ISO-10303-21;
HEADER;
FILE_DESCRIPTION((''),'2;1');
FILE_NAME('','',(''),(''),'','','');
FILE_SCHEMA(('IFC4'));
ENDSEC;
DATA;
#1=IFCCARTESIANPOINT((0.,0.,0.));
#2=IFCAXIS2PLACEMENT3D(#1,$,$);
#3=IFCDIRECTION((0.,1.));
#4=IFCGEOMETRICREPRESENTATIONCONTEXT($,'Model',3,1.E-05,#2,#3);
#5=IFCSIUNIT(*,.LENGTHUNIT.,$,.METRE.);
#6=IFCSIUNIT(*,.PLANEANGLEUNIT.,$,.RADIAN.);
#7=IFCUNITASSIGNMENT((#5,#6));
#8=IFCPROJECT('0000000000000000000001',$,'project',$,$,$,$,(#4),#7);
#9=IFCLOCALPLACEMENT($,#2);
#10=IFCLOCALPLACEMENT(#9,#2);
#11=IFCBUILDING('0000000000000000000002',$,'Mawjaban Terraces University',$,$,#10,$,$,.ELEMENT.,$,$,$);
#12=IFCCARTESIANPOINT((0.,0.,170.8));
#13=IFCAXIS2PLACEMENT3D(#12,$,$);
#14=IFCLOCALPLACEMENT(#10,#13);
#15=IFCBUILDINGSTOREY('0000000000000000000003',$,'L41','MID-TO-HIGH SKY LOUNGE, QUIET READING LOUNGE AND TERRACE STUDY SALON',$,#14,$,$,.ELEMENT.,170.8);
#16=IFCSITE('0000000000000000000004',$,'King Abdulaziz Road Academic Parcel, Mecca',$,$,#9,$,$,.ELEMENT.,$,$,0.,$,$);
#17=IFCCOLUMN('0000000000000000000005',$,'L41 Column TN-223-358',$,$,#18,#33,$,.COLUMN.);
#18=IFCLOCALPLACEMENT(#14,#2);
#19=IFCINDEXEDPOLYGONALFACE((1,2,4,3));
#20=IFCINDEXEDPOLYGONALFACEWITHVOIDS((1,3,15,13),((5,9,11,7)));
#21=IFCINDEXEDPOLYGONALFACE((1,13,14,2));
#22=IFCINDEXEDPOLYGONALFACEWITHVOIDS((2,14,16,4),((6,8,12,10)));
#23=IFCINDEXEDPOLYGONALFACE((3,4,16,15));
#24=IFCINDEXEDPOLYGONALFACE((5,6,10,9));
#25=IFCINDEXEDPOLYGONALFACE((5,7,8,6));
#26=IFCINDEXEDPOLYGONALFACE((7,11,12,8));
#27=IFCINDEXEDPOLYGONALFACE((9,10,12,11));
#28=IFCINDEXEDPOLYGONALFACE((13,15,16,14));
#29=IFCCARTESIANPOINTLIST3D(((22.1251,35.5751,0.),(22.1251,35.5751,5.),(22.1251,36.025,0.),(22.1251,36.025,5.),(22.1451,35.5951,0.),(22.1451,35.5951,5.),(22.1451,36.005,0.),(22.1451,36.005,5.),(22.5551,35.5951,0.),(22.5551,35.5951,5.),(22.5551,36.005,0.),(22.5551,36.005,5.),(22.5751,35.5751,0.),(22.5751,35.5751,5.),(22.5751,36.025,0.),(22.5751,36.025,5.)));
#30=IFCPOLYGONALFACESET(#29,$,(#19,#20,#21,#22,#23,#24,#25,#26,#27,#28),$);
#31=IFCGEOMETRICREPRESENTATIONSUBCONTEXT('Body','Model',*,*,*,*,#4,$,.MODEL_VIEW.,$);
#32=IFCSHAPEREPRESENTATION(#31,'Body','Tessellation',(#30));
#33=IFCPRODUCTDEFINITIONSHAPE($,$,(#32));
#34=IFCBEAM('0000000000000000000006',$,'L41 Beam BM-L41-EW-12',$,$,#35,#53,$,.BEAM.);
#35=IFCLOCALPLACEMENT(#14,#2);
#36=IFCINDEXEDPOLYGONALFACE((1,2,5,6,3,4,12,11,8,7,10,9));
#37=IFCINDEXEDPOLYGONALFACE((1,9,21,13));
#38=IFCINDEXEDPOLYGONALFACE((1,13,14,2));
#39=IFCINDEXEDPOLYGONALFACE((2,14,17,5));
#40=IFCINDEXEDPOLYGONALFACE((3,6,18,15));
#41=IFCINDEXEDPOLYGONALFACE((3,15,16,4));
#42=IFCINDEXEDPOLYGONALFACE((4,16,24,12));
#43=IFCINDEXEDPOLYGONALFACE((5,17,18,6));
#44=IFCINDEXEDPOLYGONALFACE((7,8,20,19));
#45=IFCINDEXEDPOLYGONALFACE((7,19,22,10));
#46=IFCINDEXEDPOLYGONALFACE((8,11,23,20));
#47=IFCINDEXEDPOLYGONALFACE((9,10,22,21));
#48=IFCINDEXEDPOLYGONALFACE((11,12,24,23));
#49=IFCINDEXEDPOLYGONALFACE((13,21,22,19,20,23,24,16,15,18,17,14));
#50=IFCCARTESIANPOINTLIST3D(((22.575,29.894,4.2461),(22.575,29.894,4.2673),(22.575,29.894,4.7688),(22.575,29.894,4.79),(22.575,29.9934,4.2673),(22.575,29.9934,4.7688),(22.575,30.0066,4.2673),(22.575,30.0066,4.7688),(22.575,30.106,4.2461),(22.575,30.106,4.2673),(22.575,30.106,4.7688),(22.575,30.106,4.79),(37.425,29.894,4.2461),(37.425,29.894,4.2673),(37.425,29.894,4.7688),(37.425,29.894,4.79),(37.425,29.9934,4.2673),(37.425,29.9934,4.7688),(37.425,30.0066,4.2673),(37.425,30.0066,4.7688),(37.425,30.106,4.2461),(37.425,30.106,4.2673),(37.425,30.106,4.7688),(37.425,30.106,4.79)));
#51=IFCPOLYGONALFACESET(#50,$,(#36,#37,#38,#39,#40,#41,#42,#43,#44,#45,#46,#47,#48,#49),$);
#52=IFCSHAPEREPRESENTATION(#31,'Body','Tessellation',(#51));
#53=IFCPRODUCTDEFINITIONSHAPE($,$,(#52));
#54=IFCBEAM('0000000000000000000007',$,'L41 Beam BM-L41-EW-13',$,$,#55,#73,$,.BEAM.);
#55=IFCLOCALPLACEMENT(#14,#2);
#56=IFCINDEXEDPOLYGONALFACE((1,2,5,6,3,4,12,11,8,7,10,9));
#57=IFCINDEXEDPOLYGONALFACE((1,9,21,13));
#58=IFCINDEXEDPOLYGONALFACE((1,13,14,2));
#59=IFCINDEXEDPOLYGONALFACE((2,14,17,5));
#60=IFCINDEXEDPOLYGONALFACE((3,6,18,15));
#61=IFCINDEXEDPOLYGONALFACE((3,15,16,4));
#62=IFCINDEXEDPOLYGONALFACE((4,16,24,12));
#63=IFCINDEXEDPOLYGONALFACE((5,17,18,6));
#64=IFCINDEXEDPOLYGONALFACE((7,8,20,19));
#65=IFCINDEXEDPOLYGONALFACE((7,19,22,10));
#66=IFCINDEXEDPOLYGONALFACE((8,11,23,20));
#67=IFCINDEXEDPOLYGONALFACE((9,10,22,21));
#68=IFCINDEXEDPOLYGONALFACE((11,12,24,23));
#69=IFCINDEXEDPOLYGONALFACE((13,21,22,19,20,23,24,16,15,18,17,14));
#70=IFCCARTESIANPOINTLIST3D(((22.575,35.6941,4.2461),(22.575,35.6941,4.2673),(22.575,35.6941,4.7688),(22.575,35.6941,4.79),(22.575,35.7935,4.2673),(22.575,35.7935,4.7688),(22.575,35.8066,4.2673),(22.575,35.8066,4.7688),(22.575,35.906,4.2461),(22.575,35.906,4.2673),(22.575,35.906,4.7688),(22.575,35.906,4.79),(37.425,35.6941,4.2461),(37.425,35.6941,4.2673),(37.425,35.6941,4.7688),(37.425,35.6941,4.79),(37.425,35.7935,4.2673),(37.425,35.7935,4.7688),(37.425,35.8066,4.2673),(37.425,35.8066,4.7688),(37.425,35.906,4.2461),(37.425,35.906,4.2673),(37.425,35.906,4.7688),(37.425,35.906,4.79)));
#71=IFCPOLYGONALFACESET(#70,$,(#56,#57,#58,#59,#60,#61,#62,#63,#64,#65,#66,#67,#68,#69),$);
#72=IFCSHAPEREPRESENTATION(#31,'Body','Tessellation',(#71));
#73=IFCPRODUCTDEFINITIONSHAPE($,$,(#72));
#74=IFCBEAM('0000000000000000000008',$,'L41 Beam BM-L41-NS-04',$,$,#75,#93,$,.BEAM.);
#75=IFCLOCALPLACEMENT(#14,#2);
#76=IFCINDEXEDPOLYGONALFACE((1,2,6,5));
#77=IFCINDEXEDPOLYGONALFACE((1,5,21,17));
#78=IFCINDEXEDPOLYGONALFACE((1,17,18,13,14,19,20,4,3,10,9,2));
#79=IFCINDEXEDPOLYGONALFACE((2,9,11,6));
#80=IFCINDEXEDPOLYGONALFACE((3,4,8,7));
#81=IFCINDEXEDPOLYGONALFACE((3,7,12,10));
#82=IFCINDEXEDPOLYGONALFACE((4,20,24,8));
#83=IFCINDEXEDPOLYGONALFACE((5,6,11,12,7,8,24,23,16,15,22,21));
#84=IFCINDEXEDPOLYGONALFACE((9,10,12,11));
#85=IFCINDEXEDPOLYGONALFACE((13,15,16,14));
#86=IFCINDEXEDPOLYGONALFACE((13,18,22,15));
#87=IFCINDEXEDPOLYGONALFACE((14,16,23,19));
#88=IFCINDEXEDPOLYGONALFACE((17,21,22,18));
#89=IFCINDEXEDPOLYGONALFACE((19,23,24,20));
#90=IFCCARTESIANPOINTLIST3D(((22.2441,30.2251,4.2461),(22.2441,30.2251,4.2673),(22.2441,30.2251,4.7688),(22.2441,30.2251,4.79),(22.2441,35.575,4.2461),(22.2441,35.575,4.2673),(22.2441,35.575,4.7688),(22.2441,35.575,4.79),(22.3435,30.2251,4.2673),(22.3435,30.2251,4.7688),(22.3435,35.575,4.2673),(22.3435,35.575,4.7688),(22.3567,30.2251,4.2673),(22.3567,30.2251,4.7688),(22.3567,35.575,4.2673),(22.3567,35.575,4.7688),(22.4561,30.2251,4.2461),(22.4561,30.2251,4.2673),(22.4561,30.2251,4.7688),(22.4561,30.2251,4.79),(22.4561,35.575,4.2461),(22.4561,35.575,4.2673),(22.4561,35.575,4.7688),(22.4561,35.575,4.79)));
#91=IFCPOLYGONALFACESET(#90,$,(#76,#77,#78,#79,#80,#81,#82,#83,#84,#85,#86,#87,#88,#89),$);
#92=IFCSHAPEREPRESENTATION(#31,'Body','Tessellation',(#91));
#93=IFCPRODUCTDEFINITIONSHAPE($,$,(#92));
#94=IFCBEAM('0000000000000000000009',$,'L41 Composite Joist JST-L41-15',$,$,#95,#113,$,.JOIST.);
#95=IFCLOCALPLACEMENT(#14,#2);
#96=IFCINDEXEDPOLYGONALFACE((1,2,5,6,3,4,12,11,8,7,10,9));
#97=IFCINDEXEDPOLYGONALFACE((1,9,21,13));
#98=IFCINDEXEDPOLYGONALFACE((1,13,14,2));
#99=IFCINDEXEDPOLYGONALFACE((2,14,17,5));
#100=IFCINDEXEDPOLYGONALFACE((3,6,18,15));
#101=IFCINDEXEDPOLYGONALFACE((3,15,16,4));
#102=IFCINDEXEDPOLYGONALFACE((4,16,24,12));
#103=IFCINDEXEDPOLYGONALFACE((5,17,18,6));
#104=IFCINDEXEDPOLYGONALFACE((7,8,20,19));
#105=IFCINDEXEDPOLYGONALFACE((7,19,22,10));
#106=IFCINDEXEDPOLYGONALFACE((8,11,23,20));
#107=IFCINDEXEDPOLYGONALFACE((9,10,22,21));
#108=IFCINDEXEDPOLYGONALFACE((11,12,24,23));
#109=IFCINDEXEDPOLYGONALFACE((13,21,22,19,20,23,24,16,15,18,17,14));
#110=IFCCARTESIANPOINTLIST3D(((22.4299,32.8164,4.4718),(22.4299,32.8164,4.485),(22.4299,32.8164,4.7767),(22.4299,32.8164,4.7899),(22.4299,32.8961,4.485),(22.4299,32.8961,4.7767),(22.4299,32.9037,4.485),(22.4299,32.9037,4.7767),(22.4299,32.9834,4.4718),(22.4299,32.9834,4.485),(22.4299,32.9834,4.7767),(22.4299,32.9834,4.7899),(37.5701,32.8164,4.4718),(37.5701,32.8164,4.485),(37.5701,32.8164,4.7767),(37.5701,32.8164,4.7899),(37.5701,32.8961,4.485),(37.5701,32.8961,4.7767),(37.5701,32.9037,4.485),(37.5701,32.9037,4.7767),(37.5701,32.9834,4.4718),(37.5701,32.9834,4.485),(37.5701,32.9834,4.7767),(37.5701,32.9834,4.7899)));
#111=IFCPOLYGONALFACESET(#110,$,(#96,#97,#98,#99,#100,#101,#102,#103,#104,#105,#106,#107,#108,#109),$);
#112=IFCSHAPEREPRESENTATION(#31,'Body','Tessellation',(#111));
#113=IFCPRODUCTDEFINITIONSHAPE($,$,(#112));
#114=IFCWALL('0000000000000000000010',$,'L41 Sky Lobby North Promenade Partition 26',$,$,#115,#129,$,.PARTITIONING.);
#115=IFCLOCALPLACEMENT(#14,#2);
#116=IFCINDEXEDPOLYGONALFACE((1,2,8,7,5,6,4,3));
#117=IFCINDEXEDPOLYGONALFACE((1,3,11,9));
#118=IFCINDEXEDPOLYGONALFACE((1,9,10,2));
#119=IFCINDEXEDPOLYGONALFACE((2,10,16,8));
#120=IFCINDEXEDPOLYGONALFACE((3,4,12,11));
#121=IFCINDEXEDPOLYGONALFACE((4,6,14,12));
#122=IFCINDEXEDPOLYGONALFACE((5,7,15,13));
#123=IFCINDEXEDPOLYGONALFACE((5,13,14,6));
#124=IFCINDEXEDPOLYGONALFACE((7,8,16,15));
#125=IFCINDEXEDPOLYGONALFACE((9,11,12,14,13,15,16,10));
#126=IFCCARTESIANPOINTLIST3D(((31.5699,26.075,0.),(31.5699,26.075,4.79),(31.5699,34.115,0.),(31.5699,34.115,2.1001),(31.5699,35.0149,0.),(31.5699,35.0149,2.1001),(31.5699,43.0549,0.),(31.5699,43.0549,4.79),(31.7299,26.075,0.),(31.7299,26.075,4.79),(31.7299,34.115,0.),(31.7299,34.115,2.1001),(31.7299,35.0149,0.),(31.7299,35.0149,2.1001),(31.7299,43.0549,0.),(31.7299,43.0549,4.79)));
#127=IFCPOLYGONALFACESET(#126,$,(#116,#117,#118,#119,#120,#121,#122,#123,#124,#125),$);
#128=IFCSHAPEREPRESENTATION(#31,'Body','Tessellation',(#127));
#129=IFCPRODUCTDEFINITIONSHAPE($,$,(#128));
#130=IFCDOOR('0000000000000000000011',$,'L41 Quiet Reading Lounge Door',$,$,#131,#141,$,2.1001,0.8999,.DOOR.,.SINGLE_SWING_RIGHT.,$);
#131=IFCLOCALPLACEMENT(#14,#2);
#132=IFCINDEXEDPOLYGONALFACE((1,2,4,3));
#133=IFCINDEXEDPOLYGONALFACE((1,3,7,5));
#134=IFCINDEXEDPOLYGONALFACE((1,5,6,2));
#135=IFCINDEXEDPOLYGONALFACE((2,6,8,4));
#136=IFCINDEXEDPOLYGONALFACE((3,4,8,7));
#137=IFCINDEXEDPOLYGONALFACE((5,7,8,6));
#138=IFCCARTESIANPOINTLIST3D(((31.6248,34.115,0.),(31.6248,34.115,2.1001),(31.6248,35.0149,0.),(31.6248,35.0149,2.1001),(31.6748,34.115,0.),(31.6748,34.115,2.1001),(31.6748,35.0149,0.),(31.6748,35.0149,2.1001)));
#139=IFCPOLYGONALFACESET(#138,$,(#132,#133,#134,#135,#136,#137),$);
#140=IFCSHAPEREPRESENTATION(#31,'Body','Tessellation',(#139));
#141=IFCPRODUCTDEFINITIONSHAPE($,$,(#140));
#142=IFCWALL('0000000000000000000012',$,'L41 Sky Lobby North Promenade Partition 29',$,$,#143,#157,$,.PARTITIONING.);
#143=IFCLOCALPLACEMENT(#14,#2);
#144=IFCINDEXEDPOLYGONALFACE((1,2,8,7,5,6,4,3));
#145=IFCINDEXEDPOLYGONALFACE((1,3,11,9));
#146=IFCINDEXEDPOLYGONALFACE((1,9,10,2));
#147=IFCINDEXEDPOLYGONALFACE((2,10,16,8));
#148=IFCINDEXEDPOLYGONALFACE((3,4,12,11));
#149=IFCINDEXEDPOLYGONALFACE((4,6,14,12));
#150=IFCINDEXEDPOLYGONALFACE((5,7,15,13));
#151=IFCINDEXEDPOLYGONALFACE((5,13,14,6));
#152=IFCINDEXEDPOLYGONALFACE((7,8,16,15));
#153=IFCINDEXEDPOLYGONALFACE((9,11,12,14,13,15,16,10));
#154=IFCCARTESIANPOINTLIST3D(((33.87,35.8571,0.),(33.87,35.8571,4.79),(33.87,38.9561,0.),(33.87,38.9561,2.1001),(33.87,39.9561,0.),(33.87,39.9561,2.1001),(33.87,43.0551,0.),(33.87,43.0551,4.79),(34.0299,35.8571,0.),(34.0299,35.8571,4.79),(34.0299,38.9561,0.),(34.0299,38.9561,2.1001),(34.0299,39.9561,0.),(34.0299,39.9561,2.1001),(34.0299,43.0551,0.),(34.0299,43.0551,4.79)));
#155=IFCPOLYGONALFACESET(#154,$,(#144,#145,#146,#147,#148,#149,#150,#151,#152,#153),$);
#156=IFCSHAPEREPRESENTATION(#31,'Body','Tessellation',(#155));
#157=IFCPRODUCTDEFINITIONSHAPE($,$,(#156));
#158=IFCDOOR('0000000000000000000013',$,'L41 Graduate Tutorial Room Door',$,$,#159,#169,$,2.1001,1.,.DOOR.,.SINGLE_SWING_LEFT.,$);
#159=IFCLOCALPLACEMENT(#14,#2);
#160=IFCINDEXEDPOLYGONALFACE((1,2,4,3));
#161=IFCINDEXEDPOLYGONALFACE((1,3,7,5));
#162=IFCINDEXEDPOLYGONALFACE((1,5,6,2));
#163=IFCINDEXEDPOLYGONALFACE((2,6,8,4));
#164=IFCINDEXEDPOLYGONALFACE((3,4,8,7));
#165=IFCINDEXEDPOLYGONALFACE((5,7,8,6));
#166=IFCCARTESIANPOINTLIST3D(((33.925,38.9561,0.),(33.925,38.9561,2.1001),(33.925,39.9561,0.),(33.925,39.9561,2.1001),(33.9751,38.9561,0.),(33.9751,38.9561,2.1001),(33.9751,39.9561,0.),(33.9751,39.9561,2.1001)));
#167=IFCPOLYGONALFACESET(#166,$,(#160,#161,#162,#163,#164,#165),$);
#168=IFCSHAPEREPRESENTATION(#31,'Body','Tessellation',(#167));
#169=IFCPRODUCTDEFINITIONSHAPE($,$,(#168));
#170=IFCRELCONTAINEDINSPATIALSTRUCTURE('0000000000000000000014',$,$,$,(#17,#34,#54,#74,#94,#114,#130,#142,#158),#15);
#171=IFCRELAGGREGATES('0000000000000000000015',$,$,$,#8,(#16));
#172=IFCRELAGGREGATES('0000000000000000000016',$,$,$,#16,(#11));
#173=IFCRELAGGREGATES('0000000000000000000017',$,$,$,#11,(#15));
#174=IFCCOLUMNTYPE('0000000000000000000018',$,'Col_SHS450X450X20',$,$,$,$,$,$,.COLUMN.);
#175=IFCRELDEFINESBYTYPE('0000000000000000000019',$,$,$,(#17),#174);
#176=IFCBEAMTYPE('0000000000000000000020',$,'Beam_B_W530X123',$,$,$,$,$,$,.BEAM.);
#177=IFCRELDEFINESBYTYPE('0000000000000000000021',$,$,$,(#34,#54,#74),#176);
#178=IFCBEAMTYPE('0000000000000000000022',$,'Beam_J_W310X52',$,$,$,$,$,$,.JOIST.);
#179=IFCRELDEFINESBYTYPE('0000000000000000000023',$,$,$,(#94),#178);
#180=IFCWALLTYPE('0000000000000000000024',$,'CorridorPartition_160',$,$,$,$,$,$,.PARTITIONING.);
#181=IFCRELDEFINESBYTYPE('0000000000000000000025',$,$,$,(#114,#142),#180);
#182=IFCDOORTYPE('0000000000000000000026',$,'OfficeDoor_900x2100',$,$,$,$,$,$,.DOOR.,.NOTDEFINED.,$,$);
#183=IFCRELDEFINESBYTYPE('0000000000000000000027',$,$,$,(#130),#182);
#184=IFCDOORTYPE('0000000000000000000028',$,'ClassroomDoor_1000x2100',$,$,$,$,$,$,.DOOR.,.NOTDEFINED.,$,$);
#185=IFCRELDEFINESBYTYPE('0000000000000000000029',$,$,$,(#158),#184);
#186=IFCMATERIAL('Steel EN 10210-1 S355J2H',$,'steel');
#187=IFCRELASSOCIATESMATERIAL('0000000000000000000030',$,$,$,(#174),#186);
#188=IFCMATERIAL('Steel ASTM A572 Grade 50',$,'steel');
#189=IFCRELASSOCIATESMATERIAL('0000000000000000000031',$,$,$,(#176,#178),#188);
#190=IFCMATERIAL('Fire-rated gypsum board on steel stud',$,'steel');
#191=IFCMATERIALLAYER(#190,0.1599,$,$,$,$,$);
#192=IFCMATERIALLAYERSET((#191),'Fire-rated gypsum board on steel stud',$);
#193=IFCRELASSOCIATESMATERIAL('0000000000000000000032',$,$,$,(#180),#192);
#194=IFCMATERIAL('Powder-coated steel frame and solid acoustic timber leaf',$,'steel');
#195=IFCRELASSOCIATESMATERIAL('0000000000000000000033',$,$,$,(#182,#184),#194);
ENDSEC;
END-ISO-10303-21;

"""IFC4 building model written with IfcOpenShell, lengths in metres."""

from ifc_helpers import new_model, si_unit, direction, frame, frame_2d, origin, origin_2d, place, context, subcontext, project, spatial, rectangle, hollow_rectangle, i_section, extrude, material, layer, layer_set, material_profile, profile_set, type_object, element, fill, save


model = new_model("IFC4")

# Units and contexts
model_context = context("Model", 3, precision=1e-05, world=origin(), true_north=direction((0.0, 1.0)))
body_context = subcontext(model_context, "Body", "Model", "MODEL_VIEW")
ifc_project = project(units=[si_unit("LENGTHUNIT", "METRE"), si_unit("PLANEANGLEUNIT", "RADIAN")], contexts=[model_context])

# Site, building, storey
site_placement = place(None, origin())
site = spatial("IfcSite", under=ifc_project, at=site_placement, Name="King Abdulaziz Road Academic Parcel, Mecca", CompositionType="ELEMENT", RefElevation=0.0)
building_placement = place(site_placement, origin())
building = spatial("IfcBuilding", under=site, at=building_placement, Name="Mawjaban Terraces University", CompositionType="ELEMENT")
storey_placement = place(building_placement, frame((0.0, 0.0, 170.8)))
storey = spatial("IfcBuildingStorey", under=building, at=storey_placement, Name="L41", Description="MID-TO-HIGH SKY LOUNGE, QUIET READING LOUNGE AND TERRACE STUDY SALON", CompositionType="ELEMENT", Elevation=170.8)

# Column
ifc_material_1 = material(Name="Steel EN 10210-1 S355J2H", Category="steel")
ifc_material_profile_1 = material_profile(ifc_material_1, hollow_rectangle(XDim=0.45, YDim=0.45, WallThickness=0.02, at=origin_2d()), Name="SHS450X450X20")
ifc_profile_set_1 = profile_set([ifc_material_profile_1], Name="Steel EN 10210-1 S355J2H")
column_type = type_object("IfcColumnType", Name="Col_SHS450X450X20", PredefinedType="COLUMN", material=ifc_profile_set_1)
column_placement = place(storey_placement, frame((22.3501, 35.8, 0.0), z_axis=(0.0, 0.0, 1.0), x_axis=(1.0, 0.0, 0.0)))
element("IfcColumn", 1, at=column_placement, inside=storey, type_object=column_type, Name="L41 Column TN-223-358", PredefinedType="COLUMN", context=body_context, shape_type="SweptSolid", body=[
    extrude(hollow_rectangle(XDim=0.45, YDim=0.45, WallThickness=0.02, at=origin_2d()), origin(), (0.0, 0.0, 1.0), 5.0),
])

# Beams
ifc_material_2 = material(Name="Steel ASTM A572 Grade 50", Category="steel")
ifc_material_profile_2 = material_profile(ifc_material_2, i_section(OverallWidth=0.2119, OverallDepth=0.5439, WebThickness=0.0132, FlangeThickness=0.0212, at=origin_2d()), Name="W530X123")
ifc_profile_set_2 = profile_set([ifc_material_profile_2], Name="Steel ASTM A572 Grade 50")
beam_type_1 = type_object("IfcBeamType", Name="Beam_B_W530X123", PredefinedType="BEAM", material=ifc_profile_set_2)
for number, where, z_axis, x_axis, name in (
    (2, (22.575, 30.0, 4.5181), (1.0, 0.0, 0.0), (0.0, 1.0, 0.0), "L41 Beam BM-L41-EW-12"),
    (3, (22.575, 35.8, 4.5181), (1.0, 0.0, 0.0), (0.0, 1.0, 0.0), "L41 Beam BM-L41-EW-13"),
):
    element("IfcBeam", number, at=place(storey_placement, frame(where, z_axis=z_axis, x_axis=x_axis)), inside=storey, type_object=beam_type_1, Name=name, PredefinedType="BEAM", context=body_context, shape_type="SweptSolid", body=[
        extrude(i_section(OverallWidth=0.2119, OverallDepth=0.5439, WebThickness=0.0132, FlangeThickness=0.0212, at=origin_2d()), origin(), (0.0, 0.0, 1.0), 14.8501),
    ])
beam_1_placement = place(storey_placement, frame((22.3501, 30.2251, 4.5181), z_axis=(0.0, 1.0, 0.0), x_axis=(-1.0, 0.0, 0.0)))
element("IfcBeam", 4, at=beam_1_placement, inside=storey, type_object=beam_type_1, Name="L41 Beam BM-L41-NS-04", PredefinedType="BEAM", context=body_context, shape_type="SweptSolid", body=[
    extrude(i_section(OverallWidth=0.2119, OverallDepth=0.5439, WebThickness=0.0132, FlangeThickness=0.0212, at=origin_2d()), origin(), (0.0, 0.0, 1.0), 5.3499),
])
ifc_material_profile_3 = material_profile(ifc_material_2, i_section(OverallWidth=0.167, OverallDepth=0.3181, WebThickness=0.0076, FlangeThickness=0.0132, at=origin_2d()), Name="W310X52")
ifc_profile_set_3 = profile_set([ifc_material_profile_3], Name="Steel ASTM A572 Grade 50")
beam_type_2 = type_object("IfcBeamType", Name="Beam_J_W310X52", PredefinedType="JOIST", material=ifc_profile_set_3)
beam_2_placement = place(storey_placement, frame((22.4299, 32.8999, 4.6309), z_axis=(1.0, 0.0, 0.0), x_axis=(0.0, 1.0, 0.0)))
element("IfcBeam", 5, at=beam_2_placement, inside=storey, type_object=beam_type_2, Name="L41 Composite Joist JST-L41-15", PredefinedType="JOIST", context=body_context, shape_type="SweptSolid", body=[
    extrude(i_section(OverallWidth=0.167, OverallDepth=0.3181, WebThickness=0.0076, FlangeThickness=0.0132, at=origin_2d()), origin(), (0.0, 0.0, 1.0), 15.1401),
])

# Walls, openings, doors
ifc_material_3 = material(Name="Fire-rated gypsum board on steel stud", Category="steel")
ifc_layer_1 = layer(ifc_material_3, 0.1599)
ifc_layer_set_1 = layer_set([ifc_layer_1], Name="Fire-rated gypsum board on steel stud")
wall_type_1 = type_object("IfcWallType", Name="CorridorPartition_160", PredefinedType="PARTITIONING", material=ifc_layer_set_1)
wall_1_placement = place(storey_placement, frame((31.6499, 43.0549, 0.0), z_axis=(0.0, 0.0, 1.0), x_axis=(0.0, -1.0, 0.0)))
wall_1 = element("IfcWall", 6, at=wall_1_placement, inside=storey, type_object=wall_type_1, Name="L41 Sky Lobby North Promenade Partition 26", PredefinedType="PARTITIONING", context=body_context, shape_type="SweptSolid", body=[
    extrude(rectangle(XDim=16.98, YDim=0.1599, at=frame_2d((8.49, 0.0))), origin(), (0.0, 0.0, 1.0), 4.79),
])
opening_1_placement = place(wall_1_placement, frame((8.04, 0.0, 0.0)))
opening_1 = element("IfcOpeningElement", 7, at=opening_1_placement, cuts=wall_1, PredefinedType="OPENING", context=body_context, shape_type="SweptSolid", body=[
    extrude(rectangle(XDim=0.8999, YDim=2.1001, at=frame_2d((0.45, 1.05))), frame((0.0, 0.0898, 0.0), z_axis=(0.0, -1.0, 0.0), x_axis=(1.0, 0.0, 0.0)), (0.0, 0.0, 1.0), 0.1799),
])
ifc_material_4 = material(Name="Powder-coated steel frame and solid acoustic timber leaf", Category="steel")
door_type_1 = type_object("IfcDoorType", Name="OfficeDoor_900x2100", OperationType="NOTDEFINED", PredefinedType="DOOR", material=ifc_material_4)
door_1_placement = place(opening_1_placement, origin())
door_1 = element("IfcDoor", 8, at=door_1_placement, inside=storey, type_object=door_type_1, Name="L41 Quiet Reading Lounge Door", OperationType="SINGLE_SWING_RIGHT", OverallHeight=2.1001, OverallWidth=0.8999, PredefinedType="DOOR", context=body_context, shape_type="SweptSolid", body=[
    extrude(rectangle(XDim=0.8999, YDim=2.1001, at=frame_2d((0.45, 1.05))), frame((0.0, 0.0249, 0.0), z_axis=(0.0, -1.0, 0.0), x_axis=(1.0, 0.0, 0.0)), (0.0, 0.0, 1.0), 0.05),
])
fill(opening_1, door_1)
wall_2_placement = place(storey_placement, frame((33.95, 35.8569, 0.0), z_axis=(0.0, 0.0, 1.0), x_axis=(0.0, 1.0, 0.0)))
wall_2 = element("IfcWall", 9, at=wall_2_placement, inside=storey, type_object=wall_type_1, Name="L41 Sky Lobby North Promenade Partition 29", PredefinedType="PARTITIONING", context=body_context, shape_type="SweptSolid", body=[
    extrude(rectangle(XDim=7.198, YDim=0.1599, at=frame_2d((3.5991, 0.0))), origin(), (0.0, 0.0, 1.0), 4.79),
])
opening_2_placement = place(wall_2_placement, frame((3.0991, 0.0, 0.0)))
opening_2 = element("IfcOpeningElement", 10, at=opening_2_placement, cuts=wall_2, PredefinedType="OPENING", context=body_context, shape_type="SweptSolid", body=[
    extrude(rectangle(XDim=1.0, YDim=2.1001, at=frame_2d((0.5, 1.05))), frame((0.0, 0.0898, 0.0), z_axis=(0.0, -1.0, 0.0), x_axis=(1.0, 0.0, 0.0)), (0.0, 0.0, 1.0), 0.1799),
])
door_type_2 = type_object("IfcDoorType", Name="ClassroomDoor_1000x2100", OperationType="NOTDEFINED", PredefinedType="DOOR", material=ifc_material_4)
door_2_placement = place(opening_2_placement, origin())
door_2 = element("IfcDoor", 11, at=door_2_placement, inside=storey, type_object=door_type_2, Name="L41 Graduate Tutorial Room Door", OperationType="SINGLE_SWING_LEFT", OverallHeight=2.1001, OverallWidth=1.0, PredefinedType="DOOR", context=body_context, shape_type="SweptSolid", body=[
    extrude(rectangle(XDim=1.0, YDim=2.1001, at=frame_2d((0.5, 1.05))), frame((0.0, 0.0249, 0.0), z_axis=(0.0, -1.0, 0.0), x_axis=(1.0, 0.0, 0.0)), (0.0, 0.0, 1.0), 0.05),
])
fill(opening_2, door_2)

save(model, "model.ifc")
